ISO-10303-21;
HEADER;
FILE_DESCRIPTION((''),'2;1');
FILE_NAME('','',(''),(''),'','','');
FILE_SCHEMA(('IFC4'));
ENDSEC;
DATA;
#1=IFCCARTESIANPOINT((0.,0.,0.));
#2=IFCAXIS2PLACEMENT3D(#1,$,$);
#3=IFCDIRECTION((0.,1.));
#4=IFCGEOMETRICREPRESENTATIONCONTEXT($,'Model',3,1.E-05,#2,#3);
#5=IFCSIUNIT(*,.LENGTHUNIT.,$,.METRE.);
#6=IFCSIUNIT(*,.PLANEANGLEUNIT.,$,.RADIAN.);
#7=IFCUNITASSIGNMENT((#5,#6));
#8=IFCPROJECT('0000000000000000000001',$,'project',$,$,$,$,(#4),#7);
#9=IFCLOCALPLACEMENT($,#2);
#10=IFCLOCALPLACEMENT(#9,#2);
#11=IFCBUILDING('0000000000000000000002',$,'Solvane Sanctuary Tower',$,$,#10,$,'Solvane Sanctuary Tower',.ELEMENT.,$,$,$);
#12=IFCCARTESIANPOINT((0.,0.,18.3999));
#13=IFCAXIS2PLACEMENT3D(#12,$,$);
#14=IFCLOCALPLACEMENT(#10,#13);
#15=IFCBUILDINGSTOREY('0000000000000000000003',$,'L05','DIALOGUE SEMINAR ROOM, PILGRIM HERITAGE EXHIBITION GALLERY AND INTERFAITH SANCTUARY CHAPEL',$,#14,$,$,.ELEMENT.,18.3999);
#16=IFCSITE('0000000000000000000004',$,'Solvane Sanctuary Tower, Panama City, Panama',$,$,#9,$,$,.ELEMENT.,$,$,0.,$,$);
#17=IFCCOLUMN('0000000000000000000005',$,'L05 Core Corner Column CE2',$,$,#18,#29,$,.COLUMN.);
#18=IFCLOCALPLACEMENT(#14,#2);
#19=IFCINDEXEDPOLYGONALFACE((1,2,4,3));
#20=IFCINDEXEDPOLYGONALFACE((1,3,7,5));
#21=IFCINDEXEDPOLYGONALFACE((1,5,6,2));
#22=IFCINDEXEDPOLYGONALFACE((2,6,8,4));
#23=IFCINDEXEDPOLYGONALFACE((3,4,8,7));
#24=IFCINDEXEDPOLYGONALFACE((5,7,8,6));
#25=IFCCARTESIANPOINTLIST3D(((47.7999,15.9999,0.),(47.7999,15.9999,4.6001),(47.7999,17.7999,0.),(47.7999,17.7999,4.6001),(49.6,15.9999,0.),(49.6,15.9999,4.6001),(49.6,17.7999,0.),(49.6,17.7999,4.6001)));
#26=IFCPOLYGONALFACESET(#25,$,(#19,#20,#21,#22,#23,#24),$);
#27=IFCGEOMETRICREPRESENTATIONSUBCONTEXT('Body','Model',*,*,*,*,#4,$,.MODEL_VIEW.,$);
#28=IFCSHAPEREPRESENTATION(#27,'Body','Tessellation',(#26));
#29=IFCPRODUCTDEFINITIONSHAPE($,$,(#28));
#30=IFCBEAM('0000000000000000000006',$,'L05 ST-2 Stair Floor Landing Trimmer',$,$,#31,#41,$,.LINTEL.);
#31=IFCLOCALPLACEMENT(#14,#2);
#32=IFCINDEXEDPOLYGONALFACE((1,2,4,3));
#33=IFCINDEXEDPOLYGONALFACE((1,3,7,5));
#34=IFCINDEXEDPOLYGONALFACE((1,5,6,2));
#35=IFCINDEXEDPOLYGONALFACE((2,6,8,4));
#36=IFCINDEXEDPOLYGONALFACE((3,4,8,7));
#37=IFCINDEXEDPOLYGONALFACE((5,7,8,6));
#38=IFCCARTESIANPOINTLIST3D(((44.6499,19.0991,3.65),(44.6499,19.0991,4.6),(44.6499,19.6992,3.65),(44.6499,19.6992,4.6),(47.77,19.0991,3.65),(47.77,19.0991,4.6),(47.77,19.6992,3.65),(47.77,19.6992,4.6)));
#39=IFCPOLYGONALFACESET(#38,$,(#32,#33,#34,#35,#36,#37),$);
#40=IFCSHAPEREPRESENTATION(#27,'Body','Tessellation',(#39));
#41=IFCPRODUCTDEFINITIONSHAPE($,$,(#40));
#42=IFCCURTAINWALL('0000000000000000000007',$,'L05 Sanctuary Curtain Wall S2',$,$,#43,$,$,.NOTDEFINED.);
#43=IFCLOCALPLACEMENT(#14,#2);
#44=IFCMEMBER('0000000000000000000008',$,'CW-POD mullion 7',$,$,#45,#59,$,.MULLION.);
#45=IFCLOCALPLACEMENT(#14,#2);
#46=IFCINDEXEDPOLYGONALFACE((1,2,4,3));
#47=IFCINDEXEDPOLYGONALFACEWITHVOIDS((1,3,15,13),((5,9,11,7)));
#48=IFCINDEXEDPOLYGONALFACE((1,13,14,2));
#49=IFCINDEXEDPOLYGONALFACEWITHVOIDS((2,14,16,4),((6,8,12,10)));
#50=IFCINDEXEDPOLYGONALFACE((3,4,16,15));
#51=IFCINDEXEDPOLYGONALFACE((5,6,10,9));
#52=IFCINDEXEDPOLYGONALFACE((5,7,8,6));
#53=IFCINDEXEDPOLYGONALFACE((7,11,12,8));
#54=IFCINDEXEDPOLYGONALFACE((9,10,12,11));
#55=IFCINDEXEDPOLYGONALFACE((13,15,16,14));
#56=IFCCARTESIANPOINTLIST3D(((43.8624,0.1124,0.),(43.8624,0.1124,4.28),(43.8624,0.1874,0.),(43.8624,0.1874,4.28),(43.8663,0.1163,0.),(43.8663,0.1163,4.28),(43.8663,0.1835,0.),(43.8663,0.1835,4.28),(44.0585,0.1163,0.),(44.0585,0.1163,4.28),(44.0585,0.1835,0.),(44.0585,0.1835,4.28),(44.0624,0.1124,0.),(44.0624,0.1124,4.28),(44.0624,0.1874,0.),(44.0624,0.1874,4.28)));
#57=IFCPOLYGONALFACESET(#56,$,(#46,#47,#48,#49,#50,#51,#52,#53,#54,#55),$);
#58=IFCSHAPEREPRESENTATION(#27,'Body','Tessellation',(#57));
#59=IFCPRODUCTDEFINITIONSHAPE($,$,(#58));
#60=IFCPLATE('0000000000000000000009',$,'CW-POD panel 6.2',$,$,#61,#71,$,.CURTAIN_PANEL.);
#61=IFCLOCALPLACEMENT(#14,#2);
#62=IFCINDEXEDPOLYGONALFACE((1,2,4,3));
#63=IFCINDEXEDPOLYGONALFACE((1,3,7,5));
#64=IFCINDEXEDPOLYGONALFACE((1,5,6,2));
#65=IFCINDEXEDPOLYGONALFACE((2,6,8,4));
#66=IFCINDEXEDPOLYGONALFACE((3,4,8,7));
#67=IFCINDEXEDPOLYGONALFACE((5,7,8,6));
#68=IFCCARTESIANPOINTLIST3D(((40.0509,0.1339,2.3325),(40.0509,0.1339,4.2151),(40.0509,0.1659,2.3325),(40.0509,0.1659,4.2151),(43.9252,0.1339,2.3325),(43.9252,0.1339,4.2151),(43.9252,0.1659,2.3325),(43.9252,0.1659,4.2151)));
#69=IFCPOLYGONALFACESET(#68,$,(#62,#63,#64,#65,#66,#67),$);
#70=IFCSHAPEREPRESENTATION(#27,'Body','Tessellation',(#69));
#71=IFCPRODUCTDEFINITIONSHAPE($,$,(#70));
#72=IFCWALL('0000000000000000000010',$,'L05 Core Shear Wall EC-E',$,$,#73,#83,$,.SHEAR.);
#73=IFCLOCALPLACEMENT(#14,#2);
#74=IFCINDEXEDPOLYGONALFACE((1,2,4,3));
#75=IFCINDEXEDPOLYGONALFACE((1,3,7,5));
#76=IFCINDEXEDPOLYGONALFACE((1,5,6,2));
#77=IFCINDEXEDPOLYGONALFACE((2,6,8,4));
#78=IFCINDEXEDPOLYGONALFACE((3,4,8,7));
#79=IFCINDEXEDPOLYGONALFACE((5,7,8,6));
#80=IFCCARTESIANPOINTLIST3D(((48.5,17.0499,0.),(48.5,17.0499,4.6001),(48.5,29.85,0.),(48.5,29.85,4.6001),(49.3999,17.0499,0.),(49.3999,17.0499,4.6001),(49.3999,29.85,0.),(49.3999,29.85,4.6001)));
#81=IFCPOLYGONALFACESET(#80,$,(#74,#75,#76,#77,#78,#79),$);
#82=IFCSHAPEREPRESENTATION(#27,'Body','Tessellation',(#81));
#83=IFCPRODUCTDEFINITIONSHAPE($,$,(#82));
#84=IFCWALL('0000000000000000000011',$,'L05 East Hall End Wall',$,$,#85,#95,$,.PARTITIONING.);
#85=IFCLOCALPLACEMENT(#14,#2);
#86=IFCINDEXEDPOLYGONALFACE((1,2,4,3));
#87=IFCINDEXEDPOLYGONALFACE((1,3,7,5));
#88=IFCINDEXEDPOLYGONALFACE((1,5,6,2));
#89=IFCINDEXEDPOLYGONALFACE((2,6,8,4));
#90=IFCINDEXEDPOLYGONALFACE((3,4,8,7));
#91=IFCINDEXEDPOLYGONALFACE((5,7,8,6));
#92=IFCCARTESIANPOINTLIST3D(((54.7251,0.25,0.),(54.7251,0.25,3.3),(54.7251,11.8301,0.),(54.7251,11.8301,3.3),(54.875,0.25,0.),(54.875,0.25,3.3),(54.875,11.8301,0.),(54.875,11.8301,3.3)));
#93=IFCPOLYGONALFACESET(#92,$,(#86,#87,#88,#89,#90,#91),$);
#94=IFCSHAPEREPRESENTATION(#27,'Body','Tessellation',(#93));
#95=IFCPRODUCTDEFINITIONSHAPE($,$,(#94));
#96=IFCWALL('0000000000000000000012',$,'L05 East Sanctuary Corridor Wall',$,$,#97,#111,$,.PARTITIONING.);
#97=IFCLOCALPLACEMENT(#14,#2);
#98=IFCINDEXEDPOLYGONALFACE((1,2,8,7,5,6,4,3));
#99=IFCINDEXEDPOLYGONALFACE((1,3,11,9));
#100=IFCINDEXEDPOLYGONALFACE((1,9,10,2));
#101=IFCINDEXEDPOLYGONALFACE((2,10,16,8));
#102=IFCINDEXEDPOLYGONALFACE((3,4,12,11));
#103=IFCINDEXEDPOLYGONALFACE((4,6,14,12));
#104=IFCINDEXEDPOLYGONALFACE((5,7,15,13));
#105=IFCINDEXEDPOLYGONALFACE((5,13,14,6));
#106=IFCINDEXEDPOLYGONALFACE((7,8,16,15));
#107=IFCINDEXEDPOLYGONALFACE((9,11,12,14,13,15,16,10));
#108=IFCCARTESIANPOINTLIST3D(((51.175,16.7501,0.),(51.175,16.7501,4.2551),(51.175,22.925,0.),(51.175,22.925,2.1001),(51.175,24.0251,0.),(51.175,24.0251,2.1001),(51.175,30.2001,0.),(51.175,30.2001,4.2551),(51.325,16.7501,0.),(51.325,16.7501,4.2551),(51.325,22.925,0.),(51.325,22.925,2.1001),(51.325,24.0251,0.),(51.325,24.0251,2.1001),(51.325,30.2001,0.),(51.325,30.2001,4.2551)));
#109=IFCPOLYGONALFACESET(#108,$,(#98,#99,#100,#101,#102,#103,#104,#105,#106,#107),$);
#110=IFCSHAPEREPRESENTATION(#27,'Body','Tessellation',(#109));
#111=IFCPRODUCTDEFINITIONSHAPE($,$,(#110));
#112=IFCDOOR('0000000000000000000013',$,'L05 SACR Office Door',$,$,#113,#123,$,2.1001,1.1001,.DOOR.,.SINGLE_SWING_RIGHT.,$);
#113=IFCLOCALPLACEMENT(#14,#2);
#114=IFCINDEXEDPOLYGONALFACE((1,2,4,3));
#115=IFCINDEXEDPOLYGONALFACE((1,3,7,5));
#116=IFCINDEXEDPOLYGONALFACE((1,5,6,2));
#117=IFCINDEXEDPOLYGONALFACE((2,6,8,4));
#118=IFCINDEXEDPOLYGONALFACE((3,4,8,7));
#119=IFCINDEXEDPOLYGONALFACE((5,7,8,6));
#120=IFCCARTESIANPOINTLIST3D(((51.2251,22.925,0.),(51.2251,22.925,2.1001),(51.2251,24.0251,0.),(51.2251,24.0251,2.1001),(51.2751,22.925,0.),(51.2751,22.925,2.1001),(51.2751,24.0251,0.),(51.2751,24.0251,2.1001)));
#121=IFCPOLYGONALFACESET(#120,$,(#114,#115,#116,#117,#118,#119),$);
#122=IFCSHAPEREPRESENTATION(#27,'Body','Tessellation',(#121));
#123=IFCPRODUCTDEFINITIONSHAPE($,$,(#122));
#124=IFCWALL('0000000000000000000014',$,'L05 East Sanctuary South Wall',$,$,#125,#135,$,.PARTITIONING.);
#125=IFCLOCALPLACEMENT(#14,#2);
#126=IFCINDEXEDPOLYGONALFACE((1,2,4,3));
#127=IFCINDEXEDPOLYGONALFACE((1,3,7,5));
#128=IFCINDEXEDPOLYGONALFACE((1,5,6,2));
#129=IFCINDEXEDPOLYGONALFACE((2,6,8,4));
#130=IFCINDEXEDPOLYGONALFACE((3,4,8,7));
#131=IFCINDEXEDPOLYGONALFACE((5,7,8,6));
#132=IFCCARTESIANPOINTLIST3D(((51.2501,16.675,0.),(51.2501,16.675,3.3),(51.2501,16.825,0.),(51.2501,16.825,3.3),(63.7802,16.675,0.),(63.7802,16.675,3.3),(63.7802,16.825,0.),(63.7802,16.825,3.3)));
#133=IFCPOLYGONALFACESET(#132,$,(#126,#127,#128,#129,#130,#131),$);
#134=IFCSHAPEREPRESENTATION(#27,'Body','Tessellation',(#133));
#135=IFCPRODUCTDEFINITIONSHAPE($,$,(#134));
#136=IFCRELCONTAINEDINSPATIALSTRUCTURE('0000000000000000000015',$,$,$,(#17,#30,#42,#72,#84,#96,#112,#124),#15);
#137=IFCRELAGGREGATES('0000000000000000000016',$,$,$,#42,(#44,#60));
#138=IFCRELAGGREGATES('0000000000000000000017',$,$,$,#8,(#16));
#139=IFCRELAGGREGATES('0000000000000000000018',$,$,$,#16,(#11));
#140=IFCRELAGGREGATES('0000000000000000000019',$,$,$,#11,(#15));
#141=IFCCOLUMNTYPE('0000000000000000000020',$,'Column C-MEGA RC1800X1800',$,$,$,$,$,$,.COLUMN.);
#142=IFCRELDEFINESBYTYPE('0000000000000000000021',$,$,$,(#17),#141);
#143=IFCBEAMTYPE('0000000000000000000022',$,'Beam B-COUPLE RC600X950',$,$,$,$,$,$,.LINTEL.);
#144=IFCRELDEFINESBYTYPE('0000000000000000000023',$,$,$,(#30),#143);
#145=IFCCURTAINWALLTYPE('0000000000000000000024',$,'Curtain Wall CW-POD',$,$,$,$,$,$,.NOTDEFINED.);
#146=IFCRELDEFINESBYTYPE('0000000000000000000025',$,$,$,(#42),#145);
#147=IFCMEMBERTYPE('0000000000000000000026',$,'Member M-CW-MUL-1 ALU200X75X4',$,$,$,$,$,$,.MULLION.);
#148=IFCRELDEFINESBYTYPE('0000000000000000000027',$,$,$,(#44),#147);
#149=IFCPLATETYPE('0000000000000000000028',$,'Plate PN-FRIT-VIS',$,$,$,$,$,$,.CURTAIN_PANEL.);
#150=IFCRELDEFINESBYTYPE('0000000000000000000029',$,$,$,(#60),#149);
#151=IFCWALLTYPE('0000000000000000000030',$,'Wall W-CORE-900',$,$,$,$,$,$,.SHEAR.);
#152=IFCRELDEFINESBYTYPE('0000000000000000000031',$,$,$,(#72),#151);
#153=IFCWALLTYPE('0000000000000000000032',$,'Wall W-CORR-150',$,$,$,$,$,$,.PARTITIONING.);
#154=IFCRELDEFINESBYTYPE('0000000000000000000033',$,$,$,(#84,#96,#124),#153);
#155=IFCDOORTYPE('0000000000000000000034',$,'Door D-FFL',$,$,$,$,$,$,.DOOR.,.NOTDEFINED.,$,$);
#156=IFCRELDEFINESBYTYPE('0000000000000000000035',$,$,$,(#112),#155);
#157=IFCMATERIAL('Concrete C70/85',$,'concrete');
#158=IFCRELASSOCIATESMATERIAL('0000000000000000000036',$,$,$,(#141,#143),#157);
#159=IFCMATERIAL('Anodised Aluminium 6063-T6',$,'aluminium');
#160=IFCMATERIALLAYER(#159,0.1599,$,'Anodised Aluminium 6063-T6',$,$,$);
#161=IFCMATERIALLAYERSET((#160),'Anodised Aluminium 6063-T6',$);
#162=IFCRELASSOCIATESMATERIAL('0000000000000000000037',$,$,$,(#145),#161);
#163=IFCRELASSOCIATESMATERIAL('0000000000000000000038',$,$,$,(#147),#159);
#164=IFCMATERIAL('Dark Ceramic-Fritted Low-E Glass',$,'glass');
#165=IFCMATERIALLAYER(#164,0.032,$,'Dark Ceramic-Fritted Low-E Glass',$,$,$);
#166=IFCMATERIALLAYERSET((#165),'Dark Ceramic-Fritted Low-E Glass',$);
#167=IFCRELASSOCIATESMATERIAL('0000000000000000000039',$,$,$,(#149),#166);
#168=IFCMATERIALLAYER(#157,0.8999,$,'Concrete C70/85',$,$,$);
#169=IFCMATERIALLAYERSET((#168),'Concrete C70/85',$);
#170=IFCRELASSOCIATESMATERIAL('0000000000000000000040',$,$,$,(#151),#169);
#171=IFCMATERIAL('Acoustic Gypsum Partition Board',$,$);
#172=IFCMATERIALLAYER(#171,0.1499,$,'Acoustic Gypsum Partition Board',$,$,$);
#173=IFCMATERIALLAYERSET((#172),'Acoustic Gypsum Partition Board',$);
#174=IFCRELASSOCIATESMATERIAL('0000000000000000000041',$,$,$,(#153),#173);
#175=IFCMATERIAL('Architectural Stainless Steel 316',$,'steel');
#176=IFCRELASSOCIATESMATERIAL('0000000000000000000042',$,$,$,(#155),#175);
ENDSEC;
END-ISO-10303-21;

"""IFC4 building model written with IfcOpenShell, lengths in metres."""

from ifc_helpers import new_model, si_unit, direction, frame, frame_2d, origin, origin_2d, place, context, subcontext, project, spatial, rectangle, hollow_rectangle, extrude, material, layer, layer_set, material_profile, profile_set, type_object, element, fill, aggregate, save


model = new_model("IFC4")

# Units and contexts
model_context = context("Model", 3, precision=1e-05, world=origin(), true_north=direction((0.0, 1.0)))
body_context = subcontext(model_context, "Body", "Model", "MODEL_VIEW")
ifc_project = project(units=[si_unit("LENGTHUNIT", "METRE"), si_unit("PLANEANGLEUNIT", "RADIAN")], contexts=[model_context])

# Site, building, storey
site_placement = place(None, origin())
site = spatial("IfcSite", under=ifc_project, at=site_placement, Name="Solvane Sanctuary Tower, Panama City, Panama", CompositionType="ELEMENT", RefElevation=0.0)
building_placement = place(site_placement, origin())
building = spatial("IfcBuilding", under=site, at=building_placement, Name="Solvane Sanctuary Tower", LongName="Solvane Sanctuary Tower", CompositionType="ELEMENT")
storey_placement = place(building_placement, frame((0.0, 0.0, 18.3999)))
storey = spatial("IfcBuildingStorey", under=building, at=storey_placement, Name="L05", Description="DIALOGUE SEMINAR ROOM, PILGRIM HERITAGE EXHIBITION GALLERY AND INTERFAITH SANCTUARY CHAPEL", CompositionType="ELEMENT", Elevation=18.3999)

# Column
ifc_material_1 = material(Name="Concrete C70/85", Category="concrete")
ifc_material_profile_1 = material_profile(ifc_material_1, rectangle(XDim=1.8, YDim=1.8, at=origin_2d()), Name="RC1800X1800")
ifc_profile_set_1 = profile_set([ifc_material_profile_1], Name="Concrete C70/85")
column_type = type_object("IfcColumnType", Name="Column C-MEGA RC1800X1800", PredefinedType="COLUMN", material=ifc_profile_set_1)
column_placement = place(storey_placement, frame((48.7, 16.8999, 0.0), z_axis=(0.0, 0.0, 1.0), x_axis=(1.0, 0.0, 0.0)))
element("IfcColumn", 1, at=column_placement, inside=storey, type_object=column_type, Name="L05 Core Corner Column CE2", PredefinedType="COLUMN", context=body_context, shape_type="SweptSolid", body=[
    extrude(rectangle(XDim=1.8, YDim=1.8, at=origin_2d()), origin(), (0.0, 0.0, 1.0), 4.6001),
])

# Beam
ifc_material_profile_2 = material_profile(ifc_material_1, rectangle(XDim=0.6001, YDim=0.95, at=origin_2d()), Name="RC600X950")
ifc_profile_set_2 = profile_set([ifc_material_profile_2], Name="Concrete C70/85")
beam_type = type_object("IfcBeamType", Name="Beam B-COUPLE RC600X950", PredefinedType="LINTEL", material=ifc_profile_set_2)
beam_placement = place(storey_placement, frame((44.6499, 19.3992, 4.125), z_axis=(1.0, 0.0, 0.0), x_axis=(0.0, 1.0, 0.0)))
element("IfcBeam", 2, at=beam_placement, inside=storey, type_object=beam_type, Name="L05 ST-2 Stair Floor Landing Trimmer", PredefinedType="LINTEL", context=body_context, shape_type="SweptSolid", body=[
    extrude(rectangle(XDim=0.6001, YDim=0.95, at=origin_2d()), origin(), (0.0, 0.0, 1.0), 3.1201),
])

# Curtain wall, member, plate
ifc_material_2 = material(Name="Anodised Aluminium 6063-T6", Category="aluminium")
ifc_layer_1 = layer(ifc_material_2, 0.1599, Name="Anodised Aluminium 6063-T6")
ifc_layer_set_1 = layer_set([ifc_layer_1], Name="Anodised Aluminium 6063-T6")
curtain_wall_type = type_object("IfcCurtainWallType", Name="Curtain Wall CW-POD", PredefinedType="NOTDEFINED", material=ifc_layer_set_1)
curtain_wall_placement = place(storey_placement, origin())
curtain_wall = element("IfcCurtainWall", 3, at=curtain_wall_placement, inside=storey, type_object=curtain_wall_type, Name="L05 Sanctuary Curtain Wall S2", PredefinedType="NOTDEFINED")
ifc_material_profile_3 = material_profile(ifc_material_2, hollow_rectangle(XDim=0.075, YDim=0.2, WallThickness=0.0039, at=origin_2d()), Name="ALU200X75X4")
ifc_profile_set_3 = profile_set([ifc_material_profile_3], Name="Anodised Aluminium 6063-T6")
member_type = type_object("IfcMemberType", Name="Member M-CW-MUL-1 ALU200X75X4", PredefinedType="MULLION", material=ifc_profile_set_3)
member_placement = place(storey_placement, frame((43.9624, 0.1499, 0.0), z_axis=(0.0, 0.0, 1.0), x_axis=(0.0, 1.0, 0.0)))
member = element("IfcMember", 4, at=member_placement, type_object=member_type, Name="CW-POD mullion 7", PredefinedType="MULLION", context=body_context, shape_type="SweptSolid", body=[
    extrude(hollow_rectangle(XDim=0.075, YDim=0.2, WallThickness=0.0039, at=origin_2d()), origin(), (0.0, 0.0, 1.0), 4.28),
])
ifc_material_3 = material(Name="Dark Ceramic-Fritted Low-E Glass", Category="glass")
ifc_layer_2 = layer(ifc_material_3, 0.032, Name="Dark Ceramic-Fritted Low-E Glass")
ifc_layer_set_2 = layer_set([ifc_layer_2], Name="Dark Ceramic-Fritted Low-E Glass")
plate_type = type_object("IfcPlateType", Name="Plate PN-FRIT-VIS", PredefinedType="CURTAIN_PANEL", material=ifc_layer_set_2)
plate_placement = place(storey_placement, frame((41.988, 0.1499, 2.3325), z_axis=(0.0, 0.0, 1.0), x_axis=(1.0, 0.0, 0.0)))
plate = element("IfcPlate", 5, at=plate_placement, type_object=plate_type, Name="CW-POD panel 6.2", PredefinedType="CURTAIN_PANEL", context=body_context, shape_type="SweptSolid", body=[
    extrude(rectangle(XDim=3.8743, YDim=0.032, at=origin_2d()), origin(), (0.0, 0.0, 1.0), 1.8826),
])
aggregate(curtain_wall, [member, plate])

# Walls
ifc_layer_3 = layer(ifc_material_1, 0.8999, Name="Concrete C70/85")
ifc_layer_set_3 = layer_set([ifc_layer_3], Name="Concrete C70/85")
wall_type_1 = type_object("IfcWallType", Name="Wall W-CORE-900", PredefinedType="SHEAR", material=ifc_layer_set_3)
wall_1_placement = place(storey_placement, frame((48.95, 17.05, 0.0), z_axis=(0.0, 0.0, 1.0), x_axis=(0.0, 1.0, 0.0)))
element("IfcWall", 6, at=wall_1_placement, inside=storey, type_object=wall_type_1, Name="L05 Core Shear Wall EC-E", PredefinedType="SHEAR", context=body_context, shape_type="SweptSolid", body=[
    extrude(rectangle(XDim=12.8, YDim=0.8999, at=frame_2d((6.3999, 0.0))), origin(), (0.0, 0.0, 1.0), 4.6001),
])
ifc_material_4 = material(Name="Acoustic Gypsum Partition Board")
ifc_layer_4 = layer(ifc_material_4, 0.1499, Name="Acoustic Gypsum Partition Board")
ifc_layer_set_4 = layer_set([ifc_layer_4], Name="Acoustic Gypsum Partition Board")
wall_type_2 = type_object("IfcWallType", Name="Wall W-CORR-150", PredefinedType="PARTITIONING", material=ifc_layer_set_4)
wall_2_placement = place(storey_placement, frame((54.8, 0.25, 0.0), z_axis=(0.0, 0.0, 1.0), x_axis=(0.0, 1.0, 0.0)))
element("IfcWall", 7, at=wall_2_placement, inside=storey, type_object=wall_type_2, Name="L05 East Hall End Wall", PredefinedType="PARTITIONING", context=body_context, shape_type="SweptSolid", body=[
    extrude(rectangle(XDim=11.5801, YDim=0.1499, at=frame_2d((5.79, 0.0))), origin(), (0.0, 0.0, 1.0), 3.3),
])

# Wall, opening, door
wall_3_placement = place(storey_placement, frame((51.25, 16.75, 0.0), z_axis=(0.0, 0.0, 1.0), x_axis=(0.0, 1.0, 0.0)))
wall_3 = element("IfcWall", 8, at=wall_3_placement, inside=storey, type_object=wall_type_2, Name="L05 East Sanctuary Corridor Wall", PredefinedType="PARTITIONING", context=body_context, shape_type="SweptSolid", body=[
    extrude(rectangle(XDim=13.45, YDim=0.1499, at=frame_2d((6.7251, 0.0))), origin(), (0.0, 0.0, 1.0), 4.2551),
])
opening_1_placement = place(wall_3_placement, frame((6.175, 0.0, 0.0)))
opening_1 = element("IfcOpeningElement", 9, at=opening_1_placement, cuts=wall_3, PredefinedType="OPENING", context=body_context, shape_type="SweptSolid", body=[
    extrude(rectangle(XDim=1.1001, YDim=2.1001, at=frame_2d((0.55, 1.05))), frame((0.0, 0.085, 0.0), z_axis=(0.0, -1.0, 0.0), x_axis=(1.0, 0.0, 0.0)), (0.0, 0.0, 1.0), 0.1699),
])
ifc_material_5 = material(Name="Architectural Stainless Steel 316", Category="steel")
door_type_1 = type_object("IfcDoorType", Name="Door D-FFL", OperationType="NOTDEFINED", PredefinedType="DOOR", material=ifc_material_5)
door_1_placement = place(opening_1_placement, origin())
door_1 = element("IfcDoor", 10, at=door_1_placement, inside=storey, type_object=door_type_1, Name="L05 SACR Office Door", OperationType="SINGLE_SWING_RIGHT", OverallHeight=2.1001, OverallWidth=1.1001, PredefinedType="DOOR", context=body_context, shape_type="SweptSolid", body=[
    extrude(rectangle(XDim=1.1001, YDim=2.1001, at=frame_2d((0.55, 1.05))), frame((0.0, 0.0249, 0.0), z_axis=(0.0, -1.0, 0.0), x_axis=(1.0, 0.0, 0.0)), (0.0, 0.0, 1.0), 0.05),
])
fill(opening_1, door_1)

# Wall
wall_4_placement = place(storey_placement, frame((51.25, 16.75, 0.0), z_axis=(0.0, 0.0, 1.0), x_axis=(1.0, 0.0, 0.0)))
element("IfcWall", 11, at=wall_4_placement, inside=storey, type_object=wall_type_2, Name="L05 East Sanctuary South Wall", PredefinedType="PARTITIONING", context=body_context, shape_type="SweptSolid", body=[
    extrude(rectangle(XDim=12.53, YDim=0.1499, at=frame_2d((6.2651, 0.0))), origin(), (0.0, 0.0, 1.0), 3.3),
])

save(model, "model.ifc")
